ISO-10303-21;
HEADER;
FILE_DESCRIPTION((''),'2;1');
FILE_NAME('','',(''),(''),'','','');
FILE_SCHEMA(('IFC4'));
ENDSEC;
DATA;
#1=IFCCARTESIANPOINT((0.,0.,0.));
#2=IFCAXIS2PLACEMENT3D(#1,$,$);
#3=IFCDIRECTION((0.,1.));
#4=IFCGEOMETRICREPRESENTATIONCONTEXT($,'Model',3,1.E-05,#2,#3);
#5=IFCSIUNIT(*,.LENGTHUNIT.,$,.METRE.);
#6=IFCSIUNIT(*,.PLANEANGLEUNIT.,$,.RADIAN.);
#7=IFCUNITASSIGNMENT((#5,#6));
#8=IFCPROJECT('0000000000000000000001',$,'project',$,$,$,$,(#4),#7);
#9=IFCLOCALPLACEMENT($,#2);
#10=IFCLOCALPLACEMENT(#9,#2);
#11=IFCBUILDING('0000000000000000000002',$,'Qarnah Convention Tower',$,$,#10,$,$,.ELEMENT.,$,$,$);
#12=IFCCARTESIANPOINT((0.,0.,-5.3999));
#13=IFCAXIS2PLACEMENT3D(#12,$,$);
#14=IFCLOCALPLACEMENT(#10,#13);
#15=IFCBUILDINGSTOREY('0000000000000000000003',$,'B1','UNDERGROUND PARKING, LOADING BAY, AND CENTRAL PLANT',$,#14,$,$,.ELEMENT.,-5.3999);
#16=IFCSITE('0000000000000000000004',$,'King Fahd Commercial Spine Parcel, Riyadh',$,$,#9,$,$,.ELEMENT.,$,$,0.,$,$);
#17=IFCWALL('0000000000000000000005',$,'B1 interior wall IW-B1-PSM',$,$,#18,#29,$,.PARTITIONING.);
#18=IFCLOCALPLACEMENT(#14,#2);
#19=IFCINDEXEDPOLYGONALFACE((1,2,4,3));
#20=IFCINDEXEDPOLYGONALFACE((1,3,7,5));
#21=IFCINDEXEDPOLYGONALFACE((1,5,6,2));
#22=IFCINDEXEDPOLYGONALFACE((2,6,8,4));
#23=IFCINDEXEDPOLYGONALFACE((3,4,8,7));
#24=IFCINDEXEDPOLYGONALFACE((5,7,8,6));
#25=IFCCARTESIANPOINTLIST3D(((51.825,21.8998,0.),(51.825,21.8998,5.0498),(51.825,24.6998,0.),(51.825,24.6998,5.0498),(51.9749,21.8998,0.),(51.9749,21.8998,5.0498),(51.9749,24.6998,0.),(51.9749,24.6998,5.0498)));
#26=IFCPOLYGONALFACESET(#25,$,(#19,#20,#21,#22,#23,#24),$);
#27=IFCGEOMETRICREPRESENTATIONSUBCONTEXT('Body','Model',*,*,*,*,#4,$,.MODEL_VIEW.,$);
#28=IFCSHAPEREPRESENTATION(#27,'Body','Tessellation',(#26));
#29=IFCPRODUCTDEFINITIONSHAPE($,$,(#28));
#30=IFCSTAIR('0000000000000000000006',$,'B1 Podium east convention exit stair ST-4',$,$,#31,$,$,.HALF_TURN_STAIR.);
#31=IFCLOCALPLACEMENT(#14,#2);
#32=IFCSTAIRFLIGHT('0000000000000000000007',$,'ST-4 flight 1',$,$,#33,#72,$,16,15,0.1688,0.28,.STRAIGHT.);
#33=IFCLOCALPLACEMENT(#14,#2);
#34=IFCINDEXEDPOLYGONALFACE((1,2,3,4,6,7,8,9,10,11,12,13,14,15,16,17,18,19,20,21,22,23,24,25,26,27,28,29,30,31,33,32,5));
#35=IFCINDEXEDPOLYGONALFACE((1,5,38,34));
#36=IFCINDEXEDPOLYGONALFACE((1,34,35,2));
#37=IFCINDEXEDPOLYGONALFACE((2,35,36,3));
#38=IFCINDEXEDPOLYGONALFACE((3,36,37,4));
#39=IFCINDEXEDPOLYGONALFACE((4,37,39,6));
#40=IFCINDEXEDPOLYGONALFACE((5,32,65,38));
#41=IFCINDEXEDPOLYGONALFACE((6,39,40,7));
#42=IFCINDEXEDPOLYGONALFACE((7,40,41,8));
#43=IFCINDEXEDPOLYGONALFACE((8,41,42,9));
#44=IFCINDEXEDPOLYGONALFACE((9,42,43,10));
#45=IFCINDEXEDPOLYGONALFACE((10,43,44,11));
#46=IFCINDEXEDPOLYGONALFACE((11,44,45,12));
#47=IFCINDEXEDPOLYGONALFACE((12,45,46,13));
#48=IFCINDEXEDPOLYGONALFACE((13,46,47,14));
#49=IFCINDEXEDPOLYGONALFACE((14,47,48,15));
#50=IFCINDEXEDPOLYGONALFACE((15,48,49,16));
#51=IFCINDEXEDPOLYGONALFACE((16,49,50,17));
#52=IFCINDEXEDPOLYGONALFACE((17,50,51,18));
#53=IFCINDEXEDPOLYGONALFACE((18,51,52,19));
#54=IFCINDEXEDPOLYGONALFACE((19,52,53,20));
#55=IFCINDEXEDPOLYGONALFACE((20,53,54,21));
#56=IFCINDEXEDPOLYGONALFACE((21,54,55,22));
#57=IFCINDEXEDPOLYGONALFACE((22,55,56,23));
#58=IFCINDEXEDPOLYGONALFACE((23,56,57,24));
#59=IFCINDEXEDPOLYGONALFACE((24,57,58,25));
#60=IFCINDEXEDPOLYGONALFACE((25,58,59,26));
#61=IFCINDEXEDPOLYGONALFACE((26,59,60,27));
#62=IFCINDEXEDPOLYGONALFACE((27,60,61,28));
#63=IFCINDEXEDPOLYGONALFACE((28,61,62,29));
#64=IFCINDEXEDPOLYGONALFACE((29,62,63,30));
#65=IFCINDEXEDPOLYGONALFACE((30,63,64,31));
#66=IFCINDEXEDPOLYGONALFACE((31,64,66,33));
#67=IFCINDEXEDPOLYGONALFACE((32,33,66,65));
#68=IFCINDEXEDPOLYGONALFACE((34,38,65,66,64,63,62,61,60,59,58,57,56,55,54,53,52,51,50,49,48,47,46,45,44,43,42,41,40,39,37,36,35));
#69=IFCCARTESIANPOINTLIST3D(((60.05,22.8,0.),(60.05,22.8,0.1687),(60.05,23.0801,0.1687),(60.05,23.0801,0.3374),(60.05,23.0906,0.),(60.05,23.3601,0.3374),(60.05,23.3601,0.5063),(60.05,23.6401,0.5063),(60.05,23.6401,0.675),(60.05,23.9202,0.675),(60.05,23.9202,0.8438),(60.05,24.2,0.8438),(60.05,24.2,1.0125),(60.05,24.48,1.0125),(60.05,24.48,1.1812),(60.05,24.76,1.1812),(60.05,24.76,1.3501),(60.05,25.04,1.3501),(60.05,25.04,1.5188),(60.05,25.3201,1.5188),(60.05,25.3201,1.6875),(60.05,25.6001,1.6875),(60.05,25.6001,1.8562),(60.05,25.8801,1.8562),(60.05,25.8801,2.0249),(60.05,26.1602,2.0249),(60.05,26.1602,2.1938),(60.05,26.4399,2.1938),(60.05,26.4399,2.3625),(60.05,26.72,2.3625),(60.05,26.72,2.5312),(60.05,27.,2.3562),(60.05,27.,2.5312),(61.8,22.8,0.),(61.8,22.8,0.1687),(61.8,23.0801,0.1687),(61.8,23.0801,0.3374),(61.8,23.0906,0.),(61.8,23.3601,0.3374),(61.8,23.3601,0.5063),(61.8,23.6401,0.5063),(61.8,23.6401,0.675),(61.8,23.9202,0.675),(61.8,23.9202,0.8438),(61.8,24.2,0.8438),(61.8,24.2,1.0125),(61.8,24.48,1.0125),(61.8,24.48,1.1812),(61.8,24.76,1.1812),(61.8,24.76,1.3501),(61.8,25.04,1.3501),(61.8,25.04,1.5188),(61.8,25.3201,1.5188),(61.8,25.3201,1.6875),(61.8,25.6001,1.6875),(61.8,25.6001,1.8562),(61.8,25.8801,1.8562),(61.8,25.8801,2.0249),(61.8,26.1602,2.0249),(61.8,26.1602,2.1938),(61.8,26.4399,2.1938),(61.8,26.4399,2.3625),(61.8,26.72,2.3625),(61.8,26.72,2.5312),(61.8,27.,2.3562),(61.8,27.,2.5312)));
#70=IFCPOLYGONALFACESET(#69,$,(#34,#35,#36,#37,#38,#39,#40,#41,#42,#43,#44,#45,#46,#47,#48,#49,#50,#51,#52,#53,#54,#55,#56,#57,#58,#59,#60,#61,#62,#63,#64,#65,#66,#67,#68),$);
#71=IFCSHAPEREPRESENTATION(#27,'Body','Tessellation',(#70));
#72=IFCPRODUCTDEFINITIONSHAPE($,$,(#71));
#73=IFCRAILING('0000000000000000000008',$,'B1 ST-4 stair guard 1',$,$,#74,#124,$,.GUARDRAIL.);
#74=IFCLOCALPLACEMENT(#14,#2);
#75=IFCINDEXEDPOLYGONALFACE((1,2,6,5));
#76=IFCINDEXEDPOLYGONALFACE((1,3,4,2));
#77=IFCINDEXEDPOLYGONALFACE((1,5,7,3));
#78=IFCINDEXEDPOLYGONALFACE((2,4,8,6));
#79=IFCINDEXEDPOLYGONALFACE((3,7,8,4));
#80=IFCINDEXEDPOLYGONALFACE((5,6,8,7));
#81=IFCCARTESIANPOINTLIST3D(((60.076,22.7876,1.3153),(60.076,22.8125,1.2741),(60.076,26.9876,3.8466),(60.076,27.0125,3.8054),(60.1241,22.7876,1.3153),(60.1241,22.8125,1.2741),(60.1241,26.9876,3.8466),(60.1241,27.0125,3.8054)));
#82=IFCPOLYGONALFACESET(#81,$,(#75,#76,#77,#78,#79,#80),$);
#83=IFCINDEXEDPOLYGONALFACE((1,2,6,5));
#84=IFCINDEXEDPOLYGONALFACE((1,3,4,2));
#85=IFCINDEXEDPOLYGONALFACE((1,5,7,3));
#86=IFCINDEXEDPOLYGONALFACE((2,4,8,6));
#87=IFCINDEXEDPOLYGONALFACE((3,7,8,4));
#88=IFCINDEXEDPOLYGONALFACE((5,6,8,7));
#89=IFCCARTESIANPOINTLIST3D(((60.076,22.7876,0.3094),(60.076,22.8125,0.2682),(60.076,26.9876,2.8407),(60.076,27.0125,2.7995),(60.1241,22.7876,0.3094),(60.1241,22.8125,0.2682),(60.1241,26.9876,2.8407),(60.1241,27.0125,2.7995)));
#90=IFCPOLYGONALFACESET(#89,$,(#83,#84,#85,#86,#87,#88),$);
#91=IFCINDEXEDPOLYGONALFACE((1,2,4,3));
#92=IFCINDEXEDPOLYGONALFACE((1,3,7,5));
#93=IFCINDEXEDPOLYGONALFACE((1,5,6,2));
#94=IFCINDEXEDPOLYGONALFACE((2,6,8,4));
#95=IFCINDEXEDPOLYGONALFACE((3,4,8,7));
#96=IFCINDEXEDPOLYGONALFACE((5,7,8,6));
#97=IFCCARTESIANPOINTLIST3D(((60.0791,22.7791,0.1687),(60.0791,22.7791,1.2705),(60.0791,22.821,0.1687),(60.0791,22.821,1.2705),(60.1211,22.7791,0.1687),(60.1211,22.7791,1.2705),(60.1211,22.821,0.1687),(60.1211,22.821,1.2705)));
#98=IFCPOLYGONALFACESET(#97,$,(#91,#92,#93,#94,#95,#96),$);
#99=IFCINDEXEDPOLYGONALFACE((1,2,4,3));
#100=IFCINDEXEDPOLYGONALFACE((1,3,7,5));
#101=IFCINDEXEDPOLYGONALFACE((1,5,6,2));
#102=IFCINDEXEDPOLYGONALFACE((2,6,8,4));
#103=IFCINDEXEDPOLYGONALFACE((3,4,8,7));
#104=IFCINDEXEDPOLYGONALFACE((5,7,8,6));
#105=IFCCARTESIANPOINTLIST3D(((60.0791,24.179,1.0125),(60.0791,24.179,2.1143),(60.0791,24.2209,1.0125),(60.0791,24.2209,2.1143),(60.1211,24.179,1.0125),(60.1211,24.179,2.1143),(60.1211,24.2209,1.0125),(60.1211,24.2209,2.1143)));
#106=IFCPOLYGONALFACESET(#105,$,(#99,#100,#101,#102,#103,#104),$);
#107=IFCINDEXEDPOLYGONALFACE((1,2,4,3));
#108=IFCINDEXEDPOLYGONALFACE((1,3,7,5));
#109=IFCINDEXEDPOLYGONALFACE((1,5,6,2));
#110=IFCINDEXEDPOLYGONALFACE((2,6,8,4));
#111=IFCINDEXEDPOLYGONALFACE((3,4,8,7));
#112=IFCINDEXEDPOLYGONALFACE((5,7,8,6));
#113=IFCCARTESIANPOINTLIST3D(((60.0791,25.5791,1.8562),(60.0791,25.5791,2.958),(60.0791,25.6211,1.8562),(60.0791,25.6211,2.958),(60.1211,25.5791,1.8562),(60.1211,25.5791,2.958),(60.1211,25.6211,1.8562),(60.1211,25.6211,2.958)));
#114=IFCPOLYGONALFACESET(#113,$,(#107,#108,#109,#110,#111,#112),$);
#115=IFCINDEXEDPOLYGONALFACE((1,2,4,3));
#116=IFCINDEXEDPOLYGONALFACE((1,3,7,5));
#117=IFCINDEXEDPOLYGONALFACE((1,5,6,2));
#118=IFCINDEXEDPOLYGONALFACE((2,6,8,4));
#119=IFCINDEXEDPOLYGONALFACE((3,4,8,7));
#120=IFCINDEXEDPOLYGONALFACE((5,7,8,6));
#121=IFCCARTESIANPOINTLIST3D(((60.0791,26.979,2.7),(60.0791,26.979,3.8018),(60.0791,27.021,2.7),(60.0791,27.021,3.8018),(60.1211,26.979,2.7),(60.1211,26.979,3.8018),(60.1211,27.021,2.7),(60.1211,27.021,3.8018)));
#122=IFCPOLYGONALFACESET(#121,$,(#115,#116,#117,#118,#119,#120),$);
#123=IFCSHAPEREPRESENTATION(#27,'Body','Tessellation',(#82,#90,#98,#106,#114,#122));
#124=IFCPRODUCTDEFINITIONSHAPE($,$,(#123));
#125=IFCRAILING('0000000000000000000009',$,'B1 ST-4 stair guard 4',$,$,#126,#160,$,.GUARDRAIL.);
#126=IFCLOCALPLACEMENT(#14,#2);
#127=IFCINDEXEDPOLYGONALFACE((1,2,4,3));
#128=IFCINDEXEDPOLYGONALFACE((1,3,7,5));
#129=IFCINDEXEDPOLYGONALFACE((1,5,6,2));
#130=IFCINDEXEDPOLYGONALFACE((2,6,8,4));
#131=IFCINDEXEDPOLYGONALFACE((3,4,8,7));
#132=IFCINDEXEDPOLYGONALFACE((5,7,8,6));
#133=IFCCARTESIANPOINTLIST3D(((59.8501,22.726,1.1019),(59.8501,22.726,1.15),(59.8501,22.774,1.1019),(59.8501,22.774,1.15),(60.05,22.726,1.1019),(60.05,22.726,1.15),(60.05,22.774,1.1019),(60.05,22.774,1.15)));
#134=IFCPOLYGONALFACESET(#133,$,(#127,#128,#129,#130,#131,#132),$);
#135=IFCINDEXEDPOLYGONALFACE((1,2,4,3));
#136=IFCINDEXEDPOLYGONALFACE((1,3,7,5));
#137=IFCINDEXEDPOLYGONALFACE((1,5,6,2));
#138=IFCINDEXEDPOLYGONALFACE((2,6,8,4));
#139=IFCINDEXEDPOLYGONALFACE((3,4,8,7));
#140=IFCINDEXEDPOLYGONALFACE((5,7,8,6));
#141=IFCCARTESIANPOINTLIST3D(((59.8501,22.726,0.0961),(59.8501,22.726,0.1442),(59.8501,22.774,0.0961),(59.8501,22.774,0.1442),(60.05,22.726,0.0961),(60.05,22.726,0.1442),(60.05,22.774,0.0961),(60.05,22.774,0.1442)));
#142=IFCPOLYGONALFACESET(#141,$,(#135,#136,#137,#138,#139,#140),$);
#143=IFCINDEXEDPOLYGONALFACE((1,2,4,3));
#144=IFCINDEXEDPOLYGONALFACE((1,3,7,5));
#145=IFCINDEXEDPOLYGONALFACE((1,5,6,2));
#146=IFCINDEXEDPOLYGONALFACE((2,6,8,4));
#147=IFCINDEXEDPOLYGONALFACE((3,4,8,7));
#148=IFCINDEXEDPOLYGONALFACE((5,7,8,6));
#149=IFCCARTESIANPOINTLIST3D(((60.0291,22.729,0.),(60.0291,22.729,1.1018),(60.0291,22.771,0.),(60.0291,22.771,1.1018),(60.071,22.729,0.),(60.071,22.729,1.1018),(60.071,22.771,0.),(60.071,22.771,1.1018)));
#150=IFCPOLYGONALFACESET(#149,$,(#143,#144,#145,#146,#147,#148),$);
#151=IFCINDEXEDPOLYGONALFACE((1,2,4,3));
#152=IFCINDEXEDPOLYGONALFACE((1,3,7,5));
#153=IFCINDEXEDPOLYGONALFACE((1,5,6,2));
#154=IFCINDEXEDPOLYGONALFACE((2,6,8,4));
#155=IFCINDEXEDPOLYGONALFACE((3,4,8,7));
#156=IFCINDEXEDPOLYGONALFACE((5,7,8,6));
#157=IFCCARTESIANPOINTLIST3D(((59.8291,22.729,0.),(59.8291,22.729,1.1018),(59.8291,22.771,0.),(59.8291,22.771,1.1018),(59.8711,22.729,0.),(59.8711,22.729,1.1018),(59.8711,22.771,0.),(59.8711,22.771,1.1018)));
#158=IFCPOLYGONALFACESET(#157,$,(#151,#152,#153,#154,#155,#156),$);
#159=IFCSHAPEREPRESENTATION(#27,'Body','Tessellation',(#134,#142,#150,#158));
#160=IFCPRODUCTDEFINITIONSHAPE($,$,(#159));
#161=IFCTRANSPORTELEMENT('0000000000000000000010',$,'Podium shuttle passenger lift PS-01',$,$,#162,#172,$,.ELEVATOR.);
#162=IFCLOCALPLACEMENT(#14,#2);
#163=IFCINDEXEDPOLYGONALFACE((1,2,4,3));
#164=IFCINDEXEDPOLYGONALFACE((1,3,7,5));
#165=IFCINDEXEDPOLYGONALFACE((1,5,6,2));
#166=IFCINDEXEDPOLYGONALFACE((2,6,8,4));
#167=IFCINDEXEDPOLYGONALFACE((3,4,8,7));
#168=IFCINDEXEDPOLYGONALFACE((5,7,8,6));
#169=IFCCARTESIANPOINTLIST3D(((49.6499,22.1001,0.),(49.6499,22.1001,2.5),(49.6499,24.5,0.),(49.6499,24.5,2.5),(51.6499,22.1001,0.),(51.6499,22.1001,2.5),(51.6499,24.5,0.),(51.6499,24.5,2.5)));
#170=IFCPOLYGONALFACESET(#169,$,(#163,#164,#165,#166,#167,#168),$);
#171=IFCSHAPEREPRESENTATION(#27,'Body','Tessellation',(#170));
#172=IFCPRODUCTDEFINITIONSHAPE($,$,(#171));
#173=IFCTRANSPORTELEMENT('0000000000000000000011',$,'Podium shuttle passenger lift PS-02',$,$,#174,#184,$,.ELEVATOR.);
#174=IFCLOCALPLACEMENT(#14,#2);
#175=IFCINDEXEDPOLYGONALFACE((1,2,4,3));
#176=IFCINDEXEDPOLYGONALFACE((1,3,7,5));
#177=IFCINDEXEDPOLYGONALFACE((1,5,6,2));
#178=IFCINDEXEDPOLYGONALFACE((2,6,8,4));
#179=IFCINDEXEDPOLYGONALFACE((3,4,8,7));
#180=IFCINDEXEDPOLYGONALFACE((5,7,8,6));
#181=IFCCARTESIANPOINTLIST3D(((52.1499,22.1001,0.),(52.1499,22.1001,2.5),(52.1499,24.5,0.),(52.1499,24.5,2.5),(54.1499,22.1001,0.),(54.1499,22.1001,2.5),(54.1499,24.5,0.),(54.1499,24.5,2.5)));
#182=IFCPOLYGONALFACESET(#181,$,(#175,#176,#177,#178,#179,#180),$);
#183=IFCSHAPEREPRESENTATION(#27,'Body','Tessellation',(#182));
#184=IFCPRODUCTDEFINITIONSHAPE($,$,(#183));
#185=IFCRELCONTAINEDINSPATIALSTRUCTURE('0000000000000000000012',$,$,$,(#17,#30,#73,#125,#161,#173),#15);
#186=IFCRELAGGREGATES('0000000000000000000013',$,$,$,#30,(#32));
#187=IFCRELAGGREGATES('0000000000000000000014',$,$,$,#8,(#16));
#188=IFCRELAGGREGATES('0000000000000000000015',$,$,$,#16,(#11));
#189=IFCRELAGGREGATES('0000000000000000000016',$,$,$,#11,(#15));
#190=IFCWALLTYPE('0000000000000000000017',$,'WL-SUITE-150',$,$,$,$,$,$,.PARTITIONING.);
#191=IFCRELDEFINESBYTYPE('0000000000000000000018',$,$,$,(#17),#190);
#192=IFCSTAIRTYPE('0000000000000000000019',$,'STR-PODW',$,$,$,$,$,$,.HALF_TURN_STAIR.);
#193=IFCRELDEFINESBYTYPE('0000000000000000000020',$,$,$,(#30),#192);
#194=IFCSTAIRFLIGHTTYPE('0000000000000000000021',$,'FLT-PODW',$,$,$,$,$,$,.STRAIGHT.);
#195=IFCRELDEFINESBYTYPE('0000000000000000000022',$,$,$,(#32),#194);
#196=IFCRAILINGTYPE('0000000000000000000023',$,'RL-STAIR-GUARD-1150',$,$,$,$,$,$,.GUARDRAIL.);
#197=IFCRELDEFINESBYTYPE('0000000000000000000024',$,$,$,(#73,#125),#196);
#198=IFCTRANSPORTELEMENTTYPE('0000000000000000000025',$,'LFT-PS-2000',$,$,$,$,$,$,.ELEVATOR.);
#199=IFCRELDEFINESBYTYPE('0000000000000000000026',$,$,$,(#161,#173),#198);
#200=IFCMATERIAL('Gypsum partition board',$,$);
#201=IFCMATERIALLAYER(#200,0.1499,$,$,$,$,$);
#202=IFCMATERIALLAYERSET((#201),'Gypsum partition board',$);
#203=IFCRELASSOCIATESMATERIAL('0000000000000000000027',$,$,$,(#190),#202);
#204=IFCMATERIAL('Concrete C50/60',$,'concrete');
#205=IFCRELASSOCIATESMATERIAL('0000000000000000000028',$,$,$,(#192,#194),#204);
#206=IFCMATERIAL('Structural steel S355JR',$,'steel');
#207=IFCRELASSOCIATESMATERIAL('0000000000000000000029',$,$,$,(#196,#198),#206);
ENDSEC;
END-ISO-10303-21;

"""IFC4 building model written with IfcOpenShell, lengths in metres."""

from ifc_helpers import new_model, si_unit, direction, frame, frame_2d, origin, origin_2d, place, context, subcontext, project, spatial, polyline, rectangle, outline, extrude, material, layer, layer_set, type_object, element, aggregate, save


model = new_model("IFC4")

# Units and contexts
model_context = context("Model", 3, precision=1e-05, world=origin(), true_north=direction((0.0, 1.0)))
body_context = subcontext(model_context, "Body", "Model", "MODEL_VIEW")
ifc_project = project(units=[si_unit("LENGTHUNIT", "METRE"), si_unit("PLANEANGLEUNIT", "RADIAN")], contexts=[model_context])

# Site, building, storey
site_placement = place(None, origin())
site = spatial("IfcSite", under=ifc_project, at=site_placement, Name="King Fahd Commercial Spine Parcel, Riyadh", CompositionType="ELEMENT", RefElevation=0.0)
building_placement = place(site_placement, origin())
building = spatial("IfcBuilding", under=site, at=building_placement, Name="Qarnah Convention Tower", CompositionType="ELEMENT")
storey_placement = place(building_placement, frame((0.0, 0.0, -5.3999)))
storey = spatial("IfcBuildingStorey", under=building, at=storey_placement, Name="B1", Description="UNDERGROUND PARKING, LOADING BAY, AND CENTRAL PLANT", CompositionType="ELEMENT", Elevation=-5.3999)

# Shared definitions
ifc_material_1 = material(Name="Concrete C50/60", Category="concrete")

# Shared definitions
ifc_material_2 = material(Name="Structural steel S355JR", Category="steel")

# Shared definitions
ifc_material_3 = material(Name="Gypsum partition board")

# Wall
ifc_layer_1 = layer(ifc_material_3, 0.1499)
ifc_layer_set_1 = layer_set([ifc_layer_1], Name="Gypsum partition board")
wall_type_1 = type_object("IfcWallType", Name="WL-SUITE-150", PredefinedType="PARTITIONING", material=ifc_layer_set_1)
wall_1_placement = place(storey_placement, frame((51.8999, 21.8999, 0.0), z_axis=(0.0, 0.0, 1.0), x_axis=(0.0, 1.0, 0.0)))
element("IfcWall", 1, at=wall_1_placement, inside=storey, type_object=wall_type_1, Name="B1 interior wall IW-B1-PSM", PredefinedType="PARTITIONING", context=body_context, shape_type="SweptSolid", body=[
    extrude(rectangle(XDim=2.8, YDim=0.1499, at=frame_2d((1.3999, 0.0))), origin(), (0.0, 0.0, 1.0), 5.0498),
])

# Stair, stair flight
stair_type = type_object("IfcStairType", Name="STR-PODW", PredefinedType="HALF_TURN_STAIR", material=ifc_material_1)
stair_placement = place(storey_placement, origin())
stair = element("IfcStair", 2, at=stair_placement, inside=storey, type_object=stair_type, Name="B1 Podium east convention exit stair ST-4", PredefinedType="HALF_TURN_STAIR")
stair_flight_type = type_object("IfcStairFlightType", Name="FLT-PODW", PredefinedType="STRAIGHT", material=ifc_material_1)
stair_flight_placement = place(storey_placement, frame((60.925, 22.8, 0.0), z_axis=(0.0, 0.0, 1.0), x_axis=(0.0, 1.0, 0.0)))
stair_flight = element("IfcStairFlight", 3, at=stair_flight_placement, type_object=stair_flight_type, Name="ST-4 flight 1", NumberOfRisers=16, NumberOfTreads=15, PredefinedType="STRAIGHT", RiserHeight=0.1688, TreadLength=0.28, context=body_context, shape_type="SweptSolid", body=[
    extrude(outline(polyline([(0.0, 0.0), (0.0, 0.1687), (0.28, 0.1687), (0.28, 0.3374), (0.5601, 0.3374), (0.5601, 0.5063), (0.8401, 0.5063), (0.8401, 0.675), (1.1201, 0.675), (1.1201, 0.8438), (1.3999, 0.8438), (1.3999, 1.0125), (1.6799, 1.0125), (1.6799, 1.1812), (1.96, 1.1812), (1.96, 1.3501), (2.24, 1.3501), (2.24, 1.5188), (2.52, 1.5188), (2.52, 1.6875), (2.8, 1.6875), (2.8, 1.8562), (3.0801, 1.8562), (3.0801, 2.0249), (3.3601, 2.0249), (3.3601, 2.1938), (3.6399, 2.1938), (3.6399, 2.3625), (3.9199, 2.3625), (3.9199, 2.5312), (4.2, 2.5312), (4.2, 2.7), (4.2, 2.3562), (0.2905, 0.0), (0.0, 0.0)])), frame((0.0, 0.875, 0.0), z_axis=(0.0, -1.0, 0.0), x_axis=(1.0, 0.0, 0.0)), (0.0, 0.0, 1.0), 1.75),
])
aggregate(stair, [stair_flight])

# Railings
railing_type = type_object("IfcRailingType", Name="RL-STAIR-GUARD-1150", PredefinedType="GUARDRAIL", material=ifc_material_2)
railing_1_placement = place(storey_placement, frame((60.1001, 22.8, 0.1687)))
element("IfcRailing", 4, at=railing_1_placement, inside=storey, type_object=railing_type, Name="B1 ST-4 stair guard 1", PredefinedType="GUARDRAIL", context=body_context, shape_type="SweptSolid", body=[
    extrude(rectangle(XDim=0.0481, YDim=0.0481, at=origin_2d()), frame((0.0, 0.0, 1.126), z_axis=(0.0, 0.856476, 0.516186), x_axis=(-1.0, 0.0, 0.0)), (0.0, 0.0, 1.0), 4.9038),
    extrude(rectangle(XDim=0.0481, YDim=0.0481, at=origin_2d()), frame((0.0, 0.0, 0.1201), z_axis=(0.0, 0.856476, 0.516186), x_axis=(-1.0, 0.0, 0.0)), (0.0, 0.0, 1.0), 4.9038),
    extrude(rectangle(XDim=0.042, YDim=0.042, at=origin_2d()), origin(), (0.0, 0.0, 1.0), 1.1018),
    extrude(rectangle(XDim=0.042, YDim=0.042, at=origin_2d()), frame((0.0, 1.3999, 0.8438)), (0.0, 0.0, 1.0), 1.1018),
    extrude(rectangle(XDim=0.042, YDim=0.042, at=origin_2d()), frame((0.0, 2.8, 1.6875)), (0.0, 0.0, 1.0), 1.1018),
    extrude(rectangle(XDim=0.042, YDim=0.042, at=origin_2d()), frame((0.0, 4.2, 2.5312)), (0.0, 0.0, 1.0), 1.1018),
])
railing_2_placement = place(storey_placement, frame((60.05, 22.75, 0.0)))
element("IfcRailing", 5, at=railing_2_placement, inside=storey, type_object=railing_type, Name="B1 ST-4 stair guard 4", PredefinedType="GUARDRAIL", context=body_context, shape_type="SweptSolid", body=[
    extrude(rectangle(XDim=0.0481, YDim=0.0481, at=origin_2d()), frame((0.0, 0.0, 1.126), z_axis=(-1.0, 0.0, 0.0), x_axis=(0.0, -1.0, 0.0)), (0.0, 0.0, 1.0), 0.2),
    extrude(rectangle(XDim=0.0481, YDim=0.0481, at=origin_2d()), frame((0.0, 0.0, 0.1201), z_axis=(-1.0, 0.0, 0.0), x_axis=(0.0, -1.0, 0.0)), (0.0, 0.0, 1.0), 0.2),
    extrude(rectangle(XDim=0.042, YDim=0.042, at=origin_2d()), origin(), (0.0, 0.0, 1.0), 1.1018),
    extrude(rectangle(XDim=0.042, YDim=0.042, at=origin_2d()), frame((-0.2, 0.0, 0.0)), (0.0, 0.0, 1.0), 1.1018),
])

# Transport elements
transport_element_type = type_object("IfcTransportElementType", Name="LFT-PS-2000", PredefinedType="ELEVATOR", material=ifc_material_2)
for number, where, z_axis, x_axis, name in (
    (6, (50.6499, 23.3, 0.0), (0.0, 0.0, 1.0), (1.0, 0.0, 0.0), "Podium shuttle passenger lift PS-01"),
    (7, (53.1499, 23.3, 0.0), (0.0, 0.0, 1.0), (1.0, 0.0, 0.0), "Podium shuttle passenger lift PS-02"),
):
    element("IfcTransportElement", number, at=place(storey_placement, frame(where, z_axis=z_axis, x_axis=x_axis)), inside=storey, type_object=transport_element_type, Name=name, PredefinedType="ELEVATOR", context=body_context, shape_type="SweptSolid", body=[
        extrude(rectangle(XDim=2.0, YDim=2.3999, at=origin_2d()), origin(), (0.0, 0.0, 1.0), 2.5),
    ])

save(model, "model.ifc")
